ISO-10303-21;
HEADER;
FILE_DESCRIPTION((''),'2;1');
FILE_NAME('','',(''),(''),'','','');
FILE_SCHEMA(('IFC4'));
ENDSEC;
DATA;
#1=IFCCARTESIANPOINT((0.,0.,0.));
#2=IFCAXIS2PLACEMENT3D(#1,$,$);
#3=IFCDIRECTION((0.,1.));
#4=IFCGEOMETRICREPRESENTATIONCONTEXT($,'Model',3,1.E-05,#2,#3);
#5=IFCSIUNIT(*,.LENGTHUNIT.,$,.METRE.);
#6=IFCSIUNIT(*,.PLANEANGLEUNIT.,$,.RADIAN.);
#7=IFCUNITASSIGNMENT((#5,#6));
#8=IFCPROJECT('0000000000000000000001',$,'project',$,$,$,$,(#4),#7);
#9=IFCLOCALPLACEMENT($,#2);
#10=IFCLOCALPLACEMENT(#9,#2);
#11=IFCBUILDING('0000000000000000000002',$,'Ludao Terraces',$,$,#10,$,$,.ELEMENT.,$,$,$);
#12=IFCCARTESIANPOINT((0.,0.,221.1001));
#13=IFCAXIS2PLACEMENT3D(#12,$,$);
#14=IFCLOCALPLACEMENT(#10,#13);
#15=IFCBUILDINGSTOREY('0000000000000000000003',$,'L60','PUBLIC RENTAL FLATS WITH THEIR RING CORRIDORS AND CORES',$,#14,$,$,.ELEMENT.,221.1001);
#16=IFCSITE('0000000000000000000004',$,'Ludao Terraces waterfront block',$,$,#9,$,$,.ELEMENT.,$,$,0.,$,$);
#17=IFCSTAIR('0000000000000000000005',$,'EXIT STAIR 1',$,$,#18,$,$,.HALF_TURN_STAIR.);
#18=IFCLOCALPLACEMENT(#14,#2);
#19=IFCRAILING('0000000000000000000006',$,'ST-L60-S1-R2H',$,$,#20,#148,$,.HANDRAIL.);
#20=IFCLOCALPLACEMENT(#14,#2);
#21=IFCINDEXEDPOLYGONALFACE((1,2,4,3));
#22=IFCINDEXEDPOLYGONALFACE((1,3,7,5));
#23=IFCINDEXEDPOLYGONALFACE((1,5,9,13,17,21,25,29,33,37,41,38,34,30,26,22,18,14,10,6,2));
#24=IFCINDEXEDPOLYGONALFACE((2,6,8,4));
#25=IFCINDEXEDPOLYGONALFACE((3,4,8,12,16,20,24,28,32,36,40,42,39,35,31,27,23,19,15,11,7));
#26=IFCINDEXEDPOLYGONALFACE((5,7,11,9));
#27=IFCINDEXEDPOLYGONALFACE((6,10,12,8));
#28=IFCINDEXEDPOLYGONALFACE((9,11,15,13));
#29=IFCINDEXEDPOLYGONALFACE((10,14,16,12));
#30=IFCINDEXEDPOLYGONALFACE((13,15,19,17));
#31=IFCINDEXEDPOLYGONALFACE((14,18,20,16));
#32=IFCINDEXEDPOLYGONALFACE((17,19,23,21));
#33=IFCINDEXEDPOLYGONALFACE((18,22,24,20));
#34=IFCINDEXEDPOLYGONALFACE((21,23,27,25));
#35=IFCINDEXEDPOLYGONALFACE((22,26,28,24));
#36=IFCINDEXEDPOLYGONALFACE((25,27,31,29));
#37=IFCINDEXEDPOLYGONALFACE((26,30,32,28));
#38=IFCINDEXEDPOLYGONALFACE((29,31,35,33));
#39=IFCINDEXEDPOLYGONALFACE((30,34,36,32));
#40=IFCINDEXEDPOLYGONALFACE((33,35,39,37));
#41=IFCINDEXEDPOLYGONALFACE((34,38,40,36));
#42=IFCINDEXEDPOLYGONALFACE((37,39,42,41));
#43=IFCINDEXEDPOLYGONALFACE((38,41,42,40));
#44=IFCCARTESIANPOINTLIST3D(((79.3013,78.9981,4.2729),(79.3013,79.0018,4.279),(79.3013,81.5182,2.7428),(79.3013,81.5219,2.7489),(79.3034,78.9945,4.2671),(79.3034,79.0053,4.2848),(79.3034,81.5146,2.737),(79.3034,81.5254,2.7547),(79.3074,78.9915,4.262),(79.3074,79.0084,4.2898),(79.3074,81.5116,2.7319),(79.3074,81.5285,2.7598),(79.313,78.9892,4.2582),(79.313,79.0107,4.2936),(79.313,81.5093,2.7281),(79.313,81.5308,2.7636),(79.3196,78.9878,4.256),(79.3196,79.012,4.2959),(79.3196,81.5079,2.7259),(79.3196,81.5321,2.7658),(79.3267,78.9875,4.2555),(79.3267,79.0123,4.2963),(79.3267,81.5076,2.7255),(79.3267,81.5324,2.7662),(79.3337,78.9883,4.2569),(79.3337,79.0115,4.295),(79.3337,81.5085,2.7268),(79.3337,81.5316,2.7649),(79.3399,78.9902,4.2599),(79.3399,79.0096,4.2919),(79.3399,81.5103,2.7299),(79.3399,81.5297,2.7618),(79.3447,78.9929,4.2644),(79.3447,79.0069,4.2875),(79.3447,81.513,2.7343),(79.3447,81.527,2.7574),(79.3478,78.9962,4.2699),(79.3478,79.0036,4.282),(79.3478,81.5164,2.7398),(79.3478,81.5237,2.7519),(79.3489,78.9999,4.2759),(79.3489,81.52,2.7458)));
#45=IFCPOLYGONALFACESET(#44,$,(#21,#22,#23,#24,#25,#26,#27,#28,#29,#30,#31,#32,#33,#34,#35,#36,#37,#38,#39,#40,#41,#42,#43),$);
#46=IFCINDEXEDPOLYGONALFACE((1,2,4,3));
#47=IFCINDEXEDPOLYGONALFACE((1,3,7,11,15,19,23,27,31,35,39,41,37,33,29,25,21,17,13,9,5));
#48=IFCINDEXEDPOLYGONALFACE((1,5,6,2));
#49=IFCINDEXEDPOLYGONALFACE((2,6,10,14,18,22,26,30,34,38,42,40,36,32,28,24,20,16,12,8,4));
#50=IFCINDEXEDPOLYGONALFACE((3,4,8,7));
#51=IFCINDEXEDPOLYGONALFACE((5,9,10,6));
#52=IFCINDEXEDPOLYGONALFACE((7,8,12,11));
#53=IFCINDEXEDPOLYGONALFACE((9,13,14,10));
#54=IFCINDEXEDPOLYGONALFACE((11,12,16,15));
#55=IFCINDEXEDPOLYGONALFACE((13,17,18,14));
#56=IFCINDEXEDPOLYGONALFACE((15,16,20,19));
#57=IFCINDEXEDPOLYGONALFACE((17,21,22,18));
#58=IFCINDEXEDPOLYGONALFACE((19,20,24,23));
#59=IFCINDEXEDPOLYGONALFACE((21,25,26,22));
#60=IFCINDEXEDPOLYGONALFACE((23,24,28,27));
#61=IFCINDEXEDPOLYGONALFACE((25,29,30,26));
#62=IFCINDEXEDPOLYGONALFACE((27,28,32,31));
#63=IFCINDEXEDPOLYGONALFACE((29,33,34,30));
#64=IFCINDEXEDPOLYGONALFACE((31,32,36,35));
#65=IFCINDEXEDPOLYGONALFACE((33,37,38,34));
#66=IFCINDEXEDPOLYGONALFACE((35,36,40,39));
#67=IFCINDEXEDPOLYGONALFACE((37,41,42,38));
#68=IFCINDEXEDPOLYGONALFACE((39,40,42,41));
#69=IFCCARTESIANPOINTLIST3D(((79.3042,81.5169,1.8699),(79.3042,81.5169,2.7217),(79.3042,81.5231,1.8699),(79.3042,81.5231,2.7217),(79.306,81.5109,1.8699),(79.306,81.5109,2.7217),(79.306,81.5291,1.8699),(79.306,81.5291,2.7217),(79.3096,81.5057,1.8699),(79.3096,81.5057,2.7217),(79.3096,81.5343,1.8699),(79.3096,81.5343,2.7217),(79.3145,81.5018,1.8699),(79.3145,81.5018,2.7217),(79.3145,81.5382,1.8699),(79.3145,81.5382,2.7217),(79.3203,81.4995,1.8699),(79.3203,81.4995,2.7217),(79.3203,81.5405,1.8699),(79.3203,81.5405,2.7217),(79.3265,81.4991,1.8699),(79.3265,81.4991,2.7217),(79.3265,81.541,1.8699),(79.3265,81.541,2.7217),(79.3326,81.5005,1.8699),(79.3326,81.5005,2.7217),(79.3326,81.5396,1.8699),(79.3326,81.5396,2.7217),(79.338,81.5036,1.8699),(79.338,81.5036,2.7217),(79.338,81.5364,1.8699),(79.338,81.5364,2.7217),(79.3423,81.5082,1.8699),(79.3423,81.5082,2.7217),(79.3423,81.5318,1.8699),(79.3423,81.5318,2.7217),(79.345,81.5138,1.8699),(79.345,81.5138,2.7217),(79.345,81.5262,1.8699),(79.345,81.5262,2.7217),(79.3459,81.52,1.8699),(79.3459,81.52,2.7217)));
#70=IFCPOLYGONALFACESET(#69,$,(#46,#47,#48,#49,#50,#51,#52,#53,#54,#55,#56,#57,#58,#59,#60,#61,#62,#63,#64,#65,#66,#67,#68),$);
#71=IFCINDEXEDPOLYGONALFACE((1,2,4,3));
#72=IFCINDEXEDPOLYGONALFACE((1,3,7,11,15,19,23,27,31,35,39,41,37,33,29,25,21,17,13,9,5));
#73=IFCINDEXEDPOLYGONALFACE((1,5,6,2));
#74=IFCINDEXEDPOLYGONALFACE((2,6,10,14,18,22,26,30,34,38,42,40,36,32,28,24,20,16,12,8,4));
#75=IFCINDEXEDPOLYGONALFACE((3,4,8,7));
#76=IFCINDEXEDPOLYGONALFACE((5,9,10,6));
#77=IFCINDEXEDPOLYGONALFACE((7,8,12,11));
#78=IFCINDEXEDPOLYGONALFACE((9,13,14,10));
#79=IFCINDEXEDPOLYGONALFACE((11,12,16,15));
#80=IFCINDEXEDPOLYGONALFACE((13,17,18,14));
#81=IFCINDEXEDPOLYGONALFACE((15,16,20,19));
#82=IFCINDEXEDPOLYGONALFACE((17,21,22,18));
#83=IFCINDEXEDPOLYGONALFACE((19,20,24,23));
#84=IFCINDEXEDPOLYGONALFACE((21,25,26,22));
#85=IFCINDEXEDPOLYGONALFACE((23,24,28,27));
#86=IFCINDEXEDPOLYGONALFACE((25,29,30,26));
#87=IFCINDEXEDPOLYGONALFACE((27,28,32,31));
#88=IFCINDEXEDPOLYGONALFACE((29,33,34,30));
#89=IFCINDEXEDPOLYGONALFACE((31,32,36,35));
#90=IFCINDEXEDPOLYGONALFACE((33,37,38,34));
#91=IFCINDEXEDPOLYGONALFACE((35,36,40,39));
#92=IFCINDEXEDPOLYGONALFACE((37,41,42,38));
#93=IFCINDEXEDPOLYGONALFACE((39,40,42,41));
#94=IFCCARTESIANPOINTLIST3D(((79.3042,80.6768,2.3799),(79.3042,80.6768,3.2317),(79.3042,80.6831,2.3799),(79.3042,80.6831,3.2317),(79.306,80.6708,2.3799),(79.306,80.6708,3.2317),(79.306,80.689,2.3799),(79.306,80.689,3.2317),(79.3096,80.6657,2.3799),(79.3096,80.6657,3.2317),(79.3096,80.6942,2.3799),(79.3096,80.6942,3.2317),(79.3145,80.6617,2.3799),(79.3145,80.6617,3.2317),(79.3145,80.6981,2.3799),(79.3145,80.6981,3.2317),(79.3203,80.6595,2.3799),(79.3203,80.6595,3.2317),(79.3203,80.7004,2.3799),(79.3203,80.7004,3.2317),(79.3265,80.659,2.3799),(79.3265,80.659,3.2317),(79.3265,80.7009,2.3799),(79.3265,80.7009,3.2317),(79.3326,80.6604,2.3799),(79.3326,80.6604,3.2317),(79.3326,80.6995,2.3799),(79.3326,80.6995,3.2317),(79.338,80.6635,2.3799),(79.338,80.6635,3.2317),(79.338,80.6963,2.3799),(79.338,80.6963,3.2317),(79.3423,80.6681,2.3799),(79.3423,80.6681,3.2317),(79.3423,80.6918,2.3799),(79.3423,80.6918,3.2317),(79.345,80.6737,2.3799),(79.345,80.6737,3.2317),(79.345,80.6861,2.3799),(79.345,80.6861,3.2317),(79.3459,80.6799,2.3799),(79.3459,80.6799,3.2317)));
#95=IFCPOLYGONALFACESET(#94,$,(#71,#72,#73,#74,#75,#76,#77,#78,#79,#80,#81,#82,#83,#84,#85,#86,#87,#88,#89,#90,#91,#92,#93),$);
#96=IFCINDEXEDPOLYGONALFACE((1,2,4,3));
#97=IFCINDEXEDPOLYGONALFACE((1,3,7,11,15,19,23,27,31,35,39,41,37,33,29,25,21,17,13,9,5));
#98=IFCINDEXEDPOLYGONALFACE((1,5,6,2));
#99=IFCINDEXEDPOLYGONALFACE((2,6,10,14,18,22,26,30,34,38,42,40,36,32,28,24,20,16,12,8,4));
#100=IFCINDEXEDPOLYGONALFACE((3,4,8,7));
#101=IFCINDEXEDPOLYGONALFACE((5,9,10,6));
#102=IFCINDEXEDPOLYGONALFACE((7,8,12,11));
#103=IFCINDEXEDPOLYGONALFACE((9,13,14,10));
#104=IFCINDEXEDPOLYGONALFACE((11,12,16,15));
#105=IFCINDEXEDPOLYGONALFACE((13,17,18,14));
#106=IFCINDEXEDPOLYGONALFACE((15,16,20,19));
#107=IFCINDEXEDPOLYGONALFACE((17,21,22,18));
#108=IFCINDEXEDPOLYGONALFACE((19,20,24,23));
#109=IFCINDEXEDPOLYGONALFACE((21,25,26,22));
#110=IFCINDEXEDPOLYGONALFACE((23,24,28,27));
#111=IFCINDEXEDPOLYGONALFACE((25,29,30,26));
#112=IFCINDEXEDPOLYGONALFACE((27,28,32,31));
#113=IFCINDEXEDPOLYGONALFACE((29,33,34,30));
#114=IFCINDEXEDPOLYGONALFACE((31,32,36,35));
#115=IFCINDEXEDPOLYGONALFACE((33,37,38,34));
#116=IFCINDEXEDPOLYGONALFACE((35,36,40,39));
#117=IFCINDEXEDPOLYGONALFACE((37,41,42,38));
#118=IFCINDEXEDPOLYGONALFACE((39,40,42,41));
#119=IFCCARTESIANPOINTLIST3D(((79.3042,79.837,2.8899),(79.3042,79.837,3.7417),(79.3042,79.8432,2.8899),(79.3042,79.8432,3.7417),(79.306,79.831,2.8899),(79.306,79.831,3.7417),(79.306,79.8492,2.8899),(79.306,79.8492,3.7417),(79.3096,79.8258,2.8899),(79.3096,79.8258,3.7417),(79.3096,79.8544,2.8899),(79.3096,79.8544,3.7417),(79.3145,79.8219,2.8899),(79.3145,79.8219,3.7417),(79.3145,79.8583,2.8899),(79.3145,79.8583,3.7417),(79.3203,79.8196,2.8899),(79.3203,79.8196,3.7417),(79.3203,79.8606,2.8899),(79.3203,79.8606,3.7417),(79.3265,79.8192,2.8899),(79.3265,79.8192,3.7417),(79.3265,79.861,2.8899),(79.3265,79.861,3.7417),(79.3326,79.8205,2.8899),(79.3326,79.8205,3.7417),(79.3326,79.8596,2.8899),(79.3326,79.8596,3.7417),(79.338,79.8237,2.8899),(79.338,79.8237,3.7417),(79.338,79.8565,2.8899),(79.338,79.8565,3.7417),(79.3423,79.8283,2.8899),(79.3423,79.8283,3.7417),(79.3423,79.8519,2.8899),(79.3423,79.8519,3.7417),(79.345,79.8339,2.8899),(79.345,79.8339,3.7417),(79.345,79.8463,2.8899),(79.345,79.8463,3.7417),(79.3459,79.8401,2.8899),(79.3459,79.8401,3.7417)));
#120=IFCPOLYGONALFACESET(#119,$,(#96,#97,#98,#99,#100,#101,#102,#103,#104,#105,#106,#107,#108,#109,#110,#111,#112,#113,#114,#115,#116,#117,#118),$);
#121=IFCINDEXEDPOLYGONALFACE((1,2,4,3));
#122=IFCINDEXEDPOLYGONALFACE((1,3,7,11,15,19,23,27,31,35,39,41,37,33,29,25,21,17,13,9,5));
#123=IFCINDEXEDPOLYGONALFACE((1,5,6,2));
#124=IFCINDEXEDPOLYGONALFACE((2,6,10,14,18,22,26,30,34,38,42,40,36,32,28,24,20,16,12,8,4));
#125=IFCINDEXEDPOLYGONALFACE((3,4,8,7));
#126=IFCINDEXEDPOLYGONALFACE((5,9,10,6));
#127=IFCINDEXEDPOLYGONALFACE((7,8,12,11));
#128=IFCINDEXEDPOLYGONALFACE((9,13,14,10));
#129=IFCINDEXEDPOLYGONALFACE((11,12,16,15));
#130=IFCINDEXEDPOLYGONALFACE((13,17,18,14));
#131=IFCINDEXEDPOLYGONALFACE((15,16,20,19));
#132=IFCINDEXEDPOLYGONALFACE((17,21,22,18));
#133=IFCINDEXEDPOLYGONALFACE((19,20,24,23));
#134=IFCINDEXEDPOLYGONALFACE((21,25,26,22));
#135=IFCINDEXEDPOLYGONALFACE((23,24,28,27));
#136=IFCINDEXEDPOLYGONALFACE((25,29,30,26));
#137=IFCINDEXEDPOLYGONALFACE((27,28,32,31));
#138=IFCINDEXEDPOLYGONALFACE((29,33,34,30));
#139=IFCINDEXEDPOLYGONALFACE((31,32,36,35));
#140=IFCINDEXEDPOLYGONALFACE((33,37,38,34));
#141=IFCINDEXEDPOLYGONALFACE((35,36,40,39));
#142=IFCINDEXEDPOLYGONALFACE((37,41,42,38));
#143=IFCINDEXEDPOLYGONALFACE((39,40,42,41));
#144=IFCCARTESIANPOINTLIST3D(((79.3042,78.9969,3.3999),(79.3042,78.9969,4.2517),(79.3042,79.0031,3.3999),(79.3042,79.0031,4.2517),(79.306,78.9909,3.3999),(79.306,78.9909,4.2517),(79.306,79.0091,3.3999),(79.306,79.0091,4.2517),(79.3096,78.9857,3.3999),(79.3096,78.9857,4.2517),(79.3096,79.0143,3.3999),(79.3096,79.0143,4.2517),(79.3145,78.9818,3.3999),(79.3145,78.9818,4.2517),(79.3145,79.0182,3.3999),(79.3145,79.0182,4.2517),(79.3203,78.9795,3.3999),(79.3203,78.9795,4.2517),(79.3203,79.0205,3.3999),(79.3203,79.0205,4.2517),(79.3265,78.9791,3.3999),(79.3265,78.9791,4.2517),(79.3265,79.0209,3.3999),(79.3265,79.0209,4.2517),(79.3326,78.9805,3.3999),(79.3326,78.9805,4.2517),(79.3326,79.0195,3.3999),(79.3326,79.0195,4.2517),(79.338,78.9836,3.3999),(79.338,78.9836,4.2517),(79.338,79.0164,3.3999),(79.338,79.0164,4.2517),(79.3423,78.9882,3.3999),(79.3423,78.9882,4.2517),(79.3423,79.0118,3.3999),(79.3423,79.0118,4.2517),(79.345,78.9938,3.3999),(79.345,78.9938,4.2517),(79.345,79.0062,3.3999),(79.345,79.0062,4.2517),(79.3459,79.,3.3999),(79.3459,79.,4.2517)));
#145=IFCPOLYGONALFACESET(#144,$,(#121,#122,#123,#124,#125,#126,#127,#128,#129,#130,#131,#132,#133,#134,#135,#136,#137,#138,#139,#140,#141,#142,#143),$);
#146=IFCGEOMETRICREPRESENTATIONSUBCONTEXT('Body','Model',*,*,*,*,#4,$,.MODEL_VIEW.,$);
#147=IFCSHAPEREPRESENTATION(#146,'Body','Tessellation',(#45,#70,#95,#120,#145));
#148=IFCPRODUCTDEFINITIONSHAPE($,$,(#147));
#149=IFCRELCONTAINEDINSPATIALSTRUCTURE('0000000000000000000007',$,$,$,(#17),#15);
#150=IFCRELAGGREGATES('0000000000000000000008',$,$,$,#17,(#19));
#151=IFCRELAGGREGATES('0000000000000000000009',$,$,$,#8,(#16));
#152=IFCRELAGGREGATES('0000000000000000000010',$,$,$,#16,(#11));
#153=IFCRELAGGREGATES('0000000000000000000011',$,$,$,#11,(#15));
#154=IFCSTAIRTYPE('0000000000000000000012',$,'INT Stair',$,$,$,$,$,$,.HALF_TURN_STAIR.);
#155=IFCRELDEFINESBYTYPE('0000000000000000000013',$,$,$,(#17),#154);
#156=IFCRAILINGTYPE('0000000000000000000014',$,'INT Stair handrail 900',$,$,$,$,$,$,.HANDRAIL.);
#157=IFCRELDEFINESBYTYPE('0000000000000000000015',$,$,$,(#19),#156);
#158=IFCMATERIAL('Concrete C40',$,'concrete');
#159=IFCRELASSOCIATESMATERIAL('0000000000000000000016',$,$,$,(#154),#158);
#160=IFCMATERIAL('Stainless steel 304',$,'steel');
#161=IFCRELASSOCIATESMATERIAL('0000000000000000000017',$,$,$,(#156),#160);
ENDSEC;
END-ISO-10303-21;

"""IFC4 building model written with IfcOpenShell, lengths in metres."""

from ifc_helpers import new_model, si_unit, direction, frame, origin, origin_2d, place, context, subcontext, project, spatial, circle, extrude, material, type_object, element, aggregate, save


model = new_model("IFC4")

# Units and contexts
model_context = context("Model", 3, precision=1e-05, world=origin(), true_north=direction((0.0, 1.0)))
body_context = subcontext(model_context, "Body", "Model", "MODEL_VIEW")
ifc_project = project(units=[si_unit("LENGTHUNIT", "METRE"), si_unit("PLANEANGLEUNIT", "RADIAN")], contexts=[model_context])

# Site, building, storey
site_placement = place(None, origin())
site = spatial("IfcSite", under=ifc_project, at=site_placement, Name="Ludao Terraces waterfront block", CompositionType="ELEMENT", RefElevation=0.0)
building_placement = place(site_placement, origin())
building = spatial("IfcBuilding", under=site, at=building_placement, Name="Ludao Terraces", CompositionType="ELEMENT")
storey_placement = place(building_placement, frame((0.0, 0.0, 221.1001)))
storey = spatial("IfcBuildingStorey", under=building, at=storey_placement, Name="L60", Description="PUBLIC RENTAL FLATS WITH THEIR RING CORRIDORS AND CORES", CompositionType="ELEMENT", Elevation=221.1001)

# Shared definitions
ifc_material_1 = material(Name="Concrete C40", Category="concrete")

# Stair, railing
stair_type = type_object("IfcStairType", Name="INT Stair", PredefinedType="HALF_TURN_STAIR", material=ifc_material_1)
stair_placement = place(storey_placement, origin())
stair = element("IfcStair", 1, at=stair_placement, inside=storey, type_object=stair_type, Name="EXIT STAIR 1", PredefinedType="HALF_TURN_STAIR")
ifc_material_2 = material(Name="Stainless steel 304", Category="steel")
railing_type_1 = type_object("IfcRailingType", Name="INT Stair handrail 900", PredefinedType="HANDRAIL", material=ifc_material_2)
railing_1_placement = place(storey_placement, frame((79.325, 81.52, 1.8699)))
railing_1 = element("IfcRailing", 2, at=railing_1_placement, type_object=railing_type_1, Name="ST-L60-S1-R2H", PredefinedType="HANDRAIL", context=body_context, shape_type="SweptSolid", body=[
    extrude(circle(Radius=0.0239, at=origin_2d()), frame((0.0, 0.0, 0.876), z_axis=(0.0, -0.854785, 0.518982), x_axis=(1.0, 0.0, 0.0)), (0.0, 0.0, 1.0), 2.9482),
    extrude(circle(Radius=0.021, at=origin_2d()), origin(), (0.0, 0.0, 1.0), 0.8518),
    extrude(circle(Radius=0.021, at=origin_2d()), frame((0.0, -0.8401, 0.51)), (0.0, 0.0, 1.0), 0.8518),
    extrude(circle(Radius=0.021, at=origin_2d()), frame((0.0, -1.6799, 1.02)), (0.0, 0.0, 1.0), 0.8518),
    extrude(circle(Radius=0.021, at=origin_2d()), frame((0.0, -2.52, 1.53)), (0.0, 0.0, 1.0), 0.8518),
])
aggregate(stair, [railing_1])

save(model, "model.ifc")
